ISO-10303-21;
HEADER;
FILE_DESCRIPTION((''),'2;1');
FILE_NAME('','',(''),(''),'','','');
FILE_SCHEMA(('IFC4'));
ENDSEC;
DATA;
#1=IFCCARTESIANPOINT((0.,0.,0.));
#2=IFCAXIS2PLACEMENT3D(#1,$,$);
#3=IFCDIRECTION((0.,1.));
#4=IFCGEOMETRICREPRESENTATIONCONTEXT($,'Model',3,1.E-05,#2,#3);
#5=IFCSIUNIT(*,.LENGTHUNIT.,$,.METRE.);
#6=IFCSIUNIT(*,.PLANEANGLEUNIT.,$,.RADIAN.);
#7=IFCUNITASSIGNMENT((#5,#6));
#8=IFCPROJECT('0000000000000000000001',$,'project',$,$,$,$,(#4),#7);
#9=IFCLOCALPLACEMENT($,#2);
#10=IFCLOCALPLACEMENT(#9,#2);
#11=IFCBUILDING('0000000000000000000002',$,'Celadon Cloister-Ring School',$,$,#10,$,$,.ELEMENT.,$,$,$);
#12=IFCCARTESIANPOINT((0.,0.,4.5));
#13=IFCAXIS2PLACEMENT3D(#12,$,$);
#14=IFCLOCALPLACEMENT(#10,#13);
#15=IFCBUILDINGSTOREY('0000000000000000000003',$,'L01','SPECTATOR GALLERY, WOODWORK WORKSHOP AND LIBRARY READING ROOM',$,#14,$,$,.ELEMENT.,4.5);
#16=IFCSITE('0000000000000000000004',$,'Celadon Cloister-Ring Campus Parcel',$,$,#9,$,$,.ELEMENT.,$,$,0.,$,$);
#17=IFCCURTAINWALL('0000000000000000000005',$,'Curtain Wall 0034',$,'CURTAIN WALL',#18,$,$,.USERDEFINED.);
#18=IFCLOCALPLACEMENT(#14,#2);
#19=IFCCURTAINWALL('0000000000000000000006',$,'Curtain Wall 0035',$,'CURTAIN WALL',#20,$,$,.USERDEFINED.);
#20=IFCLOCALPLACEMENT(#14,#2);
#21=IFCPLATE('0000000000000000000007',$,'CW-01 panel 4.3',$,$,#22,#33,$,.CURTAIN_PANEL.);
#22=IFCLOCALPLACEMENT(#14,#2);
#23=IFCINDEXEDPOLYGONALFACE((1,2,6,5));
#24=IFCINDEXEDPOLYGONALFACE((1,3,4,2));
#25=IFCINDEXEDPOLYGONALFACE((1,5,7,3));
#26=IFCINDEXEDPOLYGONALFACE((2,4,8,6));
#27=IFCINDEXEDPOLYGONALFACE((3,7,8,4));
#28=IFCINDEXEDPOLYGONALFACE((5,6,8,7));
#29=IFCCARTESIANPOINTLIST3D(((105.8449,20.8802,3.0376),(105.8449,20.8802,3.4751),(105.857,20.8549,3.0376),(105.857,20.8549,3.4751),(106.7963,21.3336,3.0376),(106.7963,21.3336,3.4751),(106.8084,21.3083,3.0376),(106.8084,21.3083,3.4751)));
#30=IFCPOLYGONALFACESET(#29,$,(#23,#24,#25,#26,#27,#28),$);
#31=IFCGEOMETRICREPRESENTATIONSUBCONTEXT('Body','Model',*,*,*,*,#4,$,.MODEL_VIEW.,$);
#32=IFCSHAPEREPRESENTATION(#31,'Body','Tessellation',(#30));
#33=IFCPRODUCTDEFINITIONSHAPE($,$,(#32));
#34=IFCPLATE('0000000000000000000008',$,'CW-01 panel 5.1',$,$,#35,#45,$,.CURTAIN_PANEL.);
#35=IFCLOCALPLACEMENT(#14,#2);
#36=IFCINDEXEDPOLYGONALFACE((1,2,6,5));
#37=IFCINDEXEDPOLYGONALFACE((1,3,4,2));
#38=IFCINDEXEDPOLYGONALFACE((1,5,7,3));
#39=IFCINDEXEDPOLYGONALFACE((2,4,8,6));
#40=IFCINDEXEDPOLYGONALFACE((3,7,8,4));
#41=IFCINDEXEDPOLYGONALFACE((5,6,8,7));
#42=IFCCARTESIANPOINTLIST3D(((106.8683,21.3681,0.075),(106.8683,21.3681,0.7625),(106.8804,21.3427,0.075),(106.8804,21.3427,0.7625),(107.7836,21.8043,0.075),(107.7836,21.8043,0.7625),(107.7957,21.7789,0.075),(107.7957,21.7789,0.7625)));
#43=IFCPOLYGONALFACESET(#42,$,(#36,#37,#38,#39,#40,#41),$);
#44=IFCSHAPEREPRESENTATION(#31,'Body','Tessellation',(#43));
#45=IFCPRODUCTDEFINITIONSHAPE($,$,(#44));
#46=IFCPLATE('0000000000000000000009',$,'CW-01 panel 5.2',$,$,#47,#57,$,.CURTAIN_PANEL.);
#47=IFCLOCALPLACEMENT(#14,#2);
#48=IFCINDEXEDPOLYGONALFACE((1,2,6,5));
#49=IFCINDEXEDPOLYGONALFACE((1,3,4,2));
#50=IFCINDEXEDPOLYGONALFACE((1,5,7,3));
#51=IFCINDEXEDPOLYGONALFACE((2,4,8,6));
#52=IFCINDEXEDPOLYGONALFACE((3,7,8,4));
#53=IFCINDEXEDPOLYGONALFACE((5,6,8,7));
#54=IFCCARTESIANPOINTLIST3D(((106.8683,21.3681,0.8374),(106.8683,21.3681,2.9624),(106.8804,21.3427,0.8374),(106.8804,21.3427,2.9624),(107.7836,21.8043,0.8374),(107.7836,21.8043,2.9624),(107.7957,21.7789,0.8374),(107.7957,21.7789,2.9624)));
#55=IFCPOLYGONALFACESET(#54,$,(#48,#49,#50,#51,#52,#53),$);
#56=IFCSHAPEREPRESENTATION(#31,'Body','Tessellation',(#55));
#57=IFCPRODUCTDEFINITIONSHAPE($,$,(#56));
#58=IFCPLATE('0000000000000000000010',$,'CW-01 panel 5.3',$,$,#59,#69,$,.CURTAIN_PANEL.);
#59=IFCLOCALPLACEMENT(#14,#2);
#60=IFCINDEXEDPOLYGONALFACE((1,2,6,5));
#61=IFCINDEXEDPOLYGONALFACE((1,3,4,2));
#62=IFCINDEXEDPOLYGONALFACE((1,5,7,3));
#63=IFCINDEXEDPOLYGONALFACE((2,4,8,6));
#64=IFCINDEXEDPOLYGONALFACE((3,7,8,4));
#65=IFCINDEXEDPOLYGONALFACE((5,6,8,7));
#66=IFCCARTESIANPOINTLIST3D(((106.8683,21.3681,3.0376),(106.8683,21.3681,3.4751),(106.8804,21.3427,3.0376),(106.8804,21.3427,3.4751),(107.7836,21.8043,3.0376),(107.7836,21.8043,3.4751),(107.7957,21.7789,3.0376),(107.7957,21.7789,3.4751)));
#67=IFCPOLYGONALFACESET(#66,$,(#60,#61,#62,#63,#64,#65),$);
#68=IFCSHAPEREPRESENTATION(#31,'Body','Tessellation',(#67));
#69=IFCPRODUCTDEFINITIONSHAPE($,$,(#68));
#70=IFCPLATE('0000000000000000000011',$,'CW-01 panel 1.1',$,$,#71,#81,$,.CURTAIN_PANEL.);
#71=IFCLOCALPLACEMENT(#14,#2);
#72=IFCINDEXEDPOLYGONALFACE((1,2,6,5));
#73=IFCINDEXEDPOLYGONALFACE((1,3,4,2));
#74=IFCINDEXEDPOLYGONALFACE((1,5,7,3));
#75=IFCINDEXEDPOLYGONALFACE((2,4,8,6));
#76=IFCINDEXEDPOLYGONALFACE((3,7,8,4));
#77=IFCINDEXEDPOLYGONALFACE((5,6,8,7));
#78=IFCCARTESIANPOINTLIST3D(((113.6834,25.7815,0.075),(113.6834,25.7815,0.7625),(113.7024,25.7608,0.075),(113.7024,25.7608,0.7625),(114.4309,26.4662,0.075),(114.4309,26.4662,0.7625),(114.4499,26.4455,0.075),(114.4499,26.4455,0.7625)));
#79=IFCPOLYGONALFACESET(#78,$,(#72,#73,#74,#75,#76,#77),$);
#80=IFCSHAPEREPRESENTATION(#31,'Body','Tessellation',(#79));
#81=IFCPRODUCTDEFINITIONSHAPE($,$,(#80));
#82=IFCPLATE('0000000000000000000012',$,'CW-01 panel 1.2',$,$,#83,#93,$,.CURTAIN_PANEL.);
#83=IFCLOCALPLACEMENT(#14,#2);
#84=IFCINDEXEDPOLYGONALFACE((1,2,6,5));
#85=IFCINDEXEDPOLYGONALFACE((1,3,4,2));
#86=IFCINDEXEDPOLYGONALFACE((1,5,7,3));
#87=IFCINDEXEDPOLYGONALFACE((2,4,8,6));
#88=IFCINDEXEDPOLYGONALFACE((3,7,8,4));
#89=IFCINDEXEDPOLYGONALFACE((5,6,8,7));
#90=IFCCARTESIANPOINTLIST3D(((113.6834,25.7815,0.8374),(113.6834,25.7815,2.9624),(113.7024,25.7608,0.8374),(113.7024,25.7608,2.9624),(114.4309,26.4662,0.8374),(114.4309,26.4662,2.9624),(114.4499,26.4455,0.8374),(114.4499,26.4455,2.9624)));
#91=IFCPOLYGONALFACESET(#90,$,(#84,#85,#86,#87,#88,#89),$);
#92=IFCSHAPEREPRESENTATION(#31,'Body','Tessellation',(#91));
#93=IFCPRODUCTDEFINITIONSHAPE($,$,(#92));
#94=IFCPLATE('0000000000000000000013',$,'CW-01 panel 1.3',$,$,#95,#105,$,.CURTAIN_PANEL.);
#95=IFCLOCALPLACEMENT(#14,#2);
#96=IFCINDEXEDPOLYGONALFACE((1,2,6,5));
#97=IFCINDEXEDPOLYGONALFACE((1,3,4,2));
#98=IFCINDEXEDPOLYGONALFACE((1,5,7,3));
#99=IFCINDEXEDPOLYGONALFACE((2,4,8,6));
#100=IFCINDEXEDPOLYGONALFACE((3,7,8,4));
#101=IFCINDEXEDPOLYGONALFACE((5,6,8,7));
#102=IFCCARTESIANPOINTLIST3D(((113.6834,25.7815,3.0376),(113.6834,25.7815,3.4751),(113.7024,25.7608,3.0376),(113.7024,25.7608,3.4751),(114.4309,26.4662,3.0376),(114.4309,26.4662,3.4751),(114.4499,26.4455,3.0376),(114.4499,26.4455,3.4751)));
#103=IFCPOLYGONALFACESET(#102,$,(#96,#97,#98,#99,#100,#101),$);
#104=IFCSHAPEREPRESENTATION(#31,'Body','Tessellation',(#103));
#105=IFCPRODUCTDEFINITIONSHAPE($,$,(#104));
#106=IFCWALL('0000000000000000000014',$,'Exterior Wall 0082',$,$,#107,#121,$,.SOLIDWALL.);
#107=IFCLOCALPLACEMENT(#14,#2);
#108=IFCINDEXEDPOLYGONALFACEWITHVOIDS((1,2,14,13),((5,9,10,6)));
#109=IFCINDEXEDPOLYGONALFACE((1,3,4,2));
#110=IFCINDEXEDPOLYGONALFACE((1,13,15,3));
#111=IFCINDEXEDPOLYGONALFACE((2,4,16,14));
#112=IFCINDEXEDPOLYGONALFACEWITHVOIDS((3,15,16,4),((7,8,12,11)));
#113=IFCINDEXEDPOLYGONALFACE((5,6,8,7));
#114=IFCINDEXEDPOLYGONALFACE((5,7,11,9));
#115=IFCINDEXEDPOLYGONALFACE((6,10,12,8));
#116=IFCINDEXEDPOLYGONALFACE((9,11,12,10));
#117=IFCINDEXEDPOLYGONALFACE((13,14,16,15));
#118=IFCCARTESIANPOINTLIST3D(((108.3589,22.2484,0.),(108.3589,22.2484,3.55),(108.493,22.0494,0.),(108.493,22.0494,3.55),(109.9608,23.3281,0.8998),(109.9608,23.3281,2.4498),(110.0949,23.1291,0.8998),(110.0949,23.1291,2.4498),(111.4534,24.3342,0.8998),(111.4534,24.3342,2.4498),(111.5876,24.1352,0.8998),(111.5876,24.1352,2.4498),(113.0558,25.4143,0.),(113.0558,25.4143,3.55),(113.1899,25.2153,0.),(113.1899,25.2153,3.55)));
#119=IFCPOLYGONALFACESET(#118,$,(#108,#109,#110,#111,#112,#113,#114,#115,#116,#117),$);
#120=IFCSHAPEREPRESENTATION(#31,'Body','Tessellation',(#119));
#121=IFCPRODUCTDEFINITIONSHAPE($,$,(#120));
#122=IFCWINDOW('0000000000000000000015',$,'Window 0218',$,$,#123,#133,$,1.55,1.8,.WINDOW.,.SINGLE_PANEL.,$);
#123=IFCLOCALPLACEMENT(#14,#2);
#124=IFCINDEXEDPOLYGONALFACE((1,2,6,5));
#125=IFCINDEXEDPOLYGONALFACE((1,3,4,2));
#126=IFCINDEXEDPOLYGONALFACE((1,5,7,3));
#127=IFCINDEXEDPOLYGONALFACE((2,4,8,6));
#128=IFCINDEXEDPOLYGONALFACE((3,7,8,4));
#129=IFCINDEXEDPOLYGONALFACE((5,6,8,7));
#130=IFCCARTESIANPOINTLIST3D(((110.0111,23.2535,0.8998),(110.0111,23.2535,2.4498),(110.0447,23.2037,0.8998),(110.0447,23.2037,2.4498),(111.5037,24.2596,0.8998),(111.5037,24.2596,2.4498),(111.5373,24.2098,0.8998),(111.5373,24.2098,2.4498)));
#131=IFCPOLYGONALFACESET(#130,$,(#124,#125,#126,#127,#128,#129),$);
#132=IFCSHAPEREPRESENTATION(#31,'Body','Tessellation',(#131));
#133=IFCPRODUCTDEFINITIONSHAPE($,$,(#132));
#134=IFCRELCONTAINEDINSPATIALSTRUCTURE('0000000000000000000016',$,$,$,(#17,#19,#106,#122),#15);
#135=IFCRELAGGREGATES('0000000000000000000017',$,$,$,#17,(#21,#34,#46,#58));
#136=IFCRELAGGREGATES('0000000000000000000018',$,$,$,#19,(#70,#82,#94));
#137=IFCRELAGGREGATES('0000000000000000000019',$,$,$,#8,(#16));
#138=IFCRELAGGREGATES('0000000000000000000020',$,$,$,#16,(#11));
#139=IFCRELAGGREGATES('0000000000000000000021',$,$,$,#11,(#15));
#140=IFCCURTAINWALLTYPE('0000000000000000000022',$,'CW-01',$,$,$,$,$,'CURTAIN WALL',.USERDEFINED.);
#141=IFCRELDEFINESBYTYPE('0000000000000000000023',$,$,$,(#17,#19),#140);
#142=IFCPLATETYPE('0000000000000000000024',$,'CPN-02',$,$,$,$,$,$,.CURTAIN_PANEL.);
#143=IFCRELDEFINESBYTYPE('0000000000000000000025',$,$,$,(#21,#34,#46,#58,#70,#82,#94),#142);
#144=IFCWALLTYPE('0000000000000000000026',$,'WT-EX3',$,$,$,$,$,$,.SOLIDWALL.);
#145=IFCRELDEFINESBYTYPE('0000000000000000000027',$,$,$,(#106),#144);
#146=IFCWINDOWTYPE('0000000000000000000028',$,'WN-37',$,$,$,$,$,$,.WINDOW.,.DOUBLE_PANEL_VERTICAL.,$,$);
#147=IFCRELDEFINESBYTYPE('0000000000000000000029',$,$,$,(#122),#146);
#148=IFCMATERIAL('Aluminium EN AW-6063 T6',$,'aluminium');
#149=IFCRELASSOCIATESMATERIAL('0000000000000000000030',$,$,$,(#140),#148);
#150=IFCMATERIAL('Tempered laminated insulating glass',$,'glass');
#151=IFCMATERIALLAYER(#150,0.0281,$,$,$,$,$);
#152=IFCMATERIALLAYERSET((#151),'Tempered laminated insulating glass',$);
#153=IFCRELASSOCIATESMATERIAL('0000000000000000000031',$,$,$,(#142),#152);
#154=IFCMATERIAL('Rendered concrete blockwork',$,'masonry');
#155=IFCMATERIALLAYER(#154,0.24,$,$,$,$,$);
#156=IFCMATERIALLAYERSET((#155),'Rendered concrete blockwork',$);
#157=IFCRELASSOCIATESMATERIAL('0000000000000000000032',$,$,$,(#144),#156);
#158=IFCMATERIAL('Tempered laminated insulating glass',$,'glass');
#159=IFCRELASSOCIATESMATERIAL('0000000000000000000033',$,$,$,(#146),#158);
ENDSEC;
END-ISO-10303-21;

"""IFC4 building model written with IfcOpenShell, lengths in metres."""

from ifc_helpers import new_model, si_unit, direction, frame, frame_2d, origin, origin_2d, place, context, subcontext, project, spatial, rectangle, extrude, material, layer, layer_set, type_object, element, fill, aggregate, save


model = new_model("IFC4")

# Units and contexts
model_context = context("Model", 3, precision=1e-05, world=origin(), true_north=direction((0.0, 1.0)))
body_context = subcontext(model_context, "Body", "Model", "MODEL_VIEW")
ifc_project = project(units=[si_unit("LENGTHUNIT", "METRE"), si_unit("PLANEANGLEUNIT", "RADIAN")], contexts=[model_context])

# Site, building, storey
site_placement = place(None, origin())
site = spatial("IfcSite", under=ifc_project, at=site_placement, Name="Celadon Cloister-Ring Campus Parcel", CompositionType="ELEMENT", RefElevation=0.0)
building_placement = place(site_placement, origin())
building = spatial("IfcBuilding", under=site, at=building_placement, Name="Celadon Cloister-Ring School", CompositionType="ELEMENT")
storey_placement = place(building_placement, frame((0.0, 0.0, 4.5)))
storey = spatial("IfcBuildingStorey", under=building, at=storey_placement, Name="L01", Description="SPECTATOR GALLERY, WOODWORK WORKSHOP AND LIBRARY READING ROOM", CompositionType="ELEMENT", Elevation=4.5)

# Curtain walls
ifc_material_1 = material(Name="Aluminium EN AW-6063 T6", Category="aluminium")
curtain_wall_type = type_object("IfcCurtainWallType", Name="CW-01", ElementType="CURTAIN WALL", PredefinedType="USERDEFINED", material=ifc_material_1)
curtain_wall_1_placement = place(storey_placement, origin())
curtain_wall_1 = element("IfcCurtainWall", 1, at=curtain_wall_1_placement, inside=storey, type_object=curtain_wall_type, Name="Curtain Wall 0034", ObjectType="CURTAIN WALL", PredefinedType="USERDEFINED")
curtain_wall_2_placement = place(storey_placement, origin())
curtain_wall_2 = element("IfcCurtainWall", 2, at=curtain_wall_2_placement, inside=storey, type_object=curtain_wall_type, Name="Curtain Wall 0035", ObjectType="CURTAIN WALL", PredefinedType="USERDEFINED")

# Plates
ifc_material_2 = material(Name="Tempered laminated insulating glass", Category="glass")
ifc_layer_1 = layer(ifc_material_2, 0.0281)
ifc_layer_set_1 = layer_set([ifc_layer_1], Name="Tempered laminated insulating glass")
plate_type = type_object("IfcPlateType", Name="CPN-02", PredefinedType="CURTAIN_PANEL", material=ifc_layer_set_1)
plate_1_placement = place(storey_placement, frame((106.3267, 21.0942, 3.0376), z_axis=(0.0, 0.0, 1.0), x_axis=(0.902733, 0.430201, 0.0)))
plate_1 = element("IfcPlate", 3, at=plate_1_placement, type_object=plate_type, Name="CW-01 panel 4.3", PredefinedType="CURTAIN_PANEL", context=body_context, shape_type="SweptSolid", body=[
    extrude(rectangle(XDim=1.054, YDim=0.0281, at=origin_2d()), origin(), (0.0, 0.0, 1.0), 0.4375),
])
plate_2_placement = place(storey_placement, frame((107.332, 21.5735, 0.075), z_axis=(0.0, 0.0, 1.0), x_axis=(0.902733, 0.430201, 0.0)))
plate_2 = element("IfcPlate", 4, at=plate_2_placement, type_object=plate_type, Name="CW-01 panel 5.1", PredefinedType="CURTAIN_PANEL", context=body_context, shape_type="SweptSolid", body=[
    extrude(rectangle(XDim=1.0139, YDim=0.0281, at=origin_2d()), origin(), (0.0, 0.0, 1.0), 0.6875),
])
plate_3_placement = place(storey_placement, frame((107.332, 21.5735, 0.8374), z_axis=(0.0, 0.0, 1.0), x_axis=(0.902733, 0.430201, 0.0)))
plate_3 = element("IfcPlate", 5, at=plate_3_placement, type_object=plate_type, Name="CW-01 panel 5.2", PredefinedType="CURTAIN_PANEL", context=body_context, shape_type="SweptSolid", body=[
    extrude(rectangle(XDim=1.0139, YDim=0.0281, at=origin_2d()), origin(), (0.0, 0.0, 1.0), 2.125),
])
plate_4_placement = place(storey_placement, frame((107.332, 21.5735, 3.0376), z_axis=(0.0, 0.0, 1.0), x_axis=(0.902733, 0.430201, 0.0)))
plate_4 = element("IfcPlate", 6, at=plate_4_placement, type_object=plate_type, Name="CW-01 panel 5.3", PredefinedType="CURTAIN_PANEL", context=body_context, shape_type="SweptSolid", body=[
    extrude(rectangle(XDim=1.0139, YDim=0.0281, at=origin_2d()), origin(), (0.0, 0.0, 1.0), 0.4375),
])
aggregate(curtain_wall_1, [plate_1, plate_2, plate_3, plate_4])
plate_5_placement = place(storey_placement, frame((114.0667, 26.1135, 0.075), z_axis=(0.0, 0.0, 1.0), x_axis=(0.737388, 0.675469, 0.0)))
plate_5 = element("IfcPlate", 7, at=plate_5_placement, type_object=plate_type, Name="CW-01 panel 1.1", PredefinedType="CURTAIN_PANEL", context=body_context, shape_type="SweptSolid", body=[
    extrude(rectangle(XDim=1.0137, YDim=0.0281, at=origin_2d()), origin(), (0.0, 0.0, 1.0), 0.6875),
])
plate_6_placement = place(storey_placement, frame((114.0667, 26.1135, 0.8374), z_axis=(0.0, 0.0, 1.0), x_axis=(0.737388, 0.675469, 0.0)))
plate_6 = element("IfcPlate", 8, at=plate_6_placement, type_object=plate_type, Name="CW-01 panel 1.2", PredefinedType="CURTAIN_PANEL", context=body_context, shape_type="SweptSolid", body=[
    extrude(rectangle(XDim=1.0137, YDim=0.0281, at=origin_2d()), origin(), (0.0, 0.0, 1.0), 2.125),
])
plate_7_placement = place(storey_placement, frame((114.0667, 26.1135, 3.0376), z_axis=(0.0, 0.0, 1.0), x_axis=(0.737388, 0.675469, 0.0)))
plate_7 = element("IfcPlate", 9, at=plate_7_placement, type_object=plate_type, Name="CW-01 panel 1.3", PredefinedType="CURTAIN_PANEL", context=body_context, shape_type="SweptSolid", body=[
    extrude(rectangle(XDim=1.0137, YDim=0.0281, at=origin_2d()), origin(), (0.0, 0.0, 1.0), 0.4375),
])
aggregate(curtain_wall_2, [plate_5, plate_6, plate_7])

# Wall, opening, window
ifc_material_3 = material(Name="Rendered concrete blockwork", Category="masonry")
ifc_layer_2 = layer(ifc_material_3, 0.24)
ifc_layer_set_2 = layer_set([ifc_layer_2], Name="Rendered concrete blockwork")
wall_type = type_object("IfcWallType", Name="WT-EX3", PredefinedType="SOLIDWALL", material=ifc_layer_set_2)
wall_placement = place(storey_placement, frame((108.426, 22.1489, 0.0), z_axis=(0.0, 0.0, 1.0), x_axis=(0.829215, 0.55893, 0.0)))
wall = element("IfcWall", 10, at=wall_placement, inside=storey, type_object=wall_type, Name="Exterior Wall 0082", PredefinedType="SOLIDWALL", context=body_context, shape_type="SweptSolid", body=[
    extrude(rectangle(XDim=5.6643, YDim=0.24, at=frame_2d((2.832, 0.0))), origin(), (0.0, 0.0, 1.0), 3.55),
])
opening_placement = place(wall_placement, frame((1.9319, 0.0, 0.8999)))
opening = element("IfcOpeningElement", 11, at=opening_placement, cuts=wall, PredefinedType="OPENING", context=body_context, shape_type="SweptSolid", body=[
    extrude(rectangle(XDim=1.8, YDim=1.55, at=frame_2d((0.8999, 0.7749))), frame((0.0, 0.1299, 0.0), z_axis=(0.0, -1.0, 0.0), x_axis=(1.0, 0.0, 0.0)), (0.0, 0.0, 1.0), 0.26),
])
ifc_material_4 = material(Name="Tempered laminated insulating glass", Category="glass")
window_type = type_object("IfcWindowType", Name="WN-37", PartitioningType="DOUBLE_PANEL_VERTICAL", PredefinedType="WINDOW", material=ifc_material_4)
window_placement = place(opening_placement, origin())
window = element("IfcWindow", 12, at=window_placement, inside=storey, type_object=window_type, Name="Window 0218", OverallHeight=1.55, OverallWidth=1.8, PartitioningType="SINGLE_PANEL", PredefinedType="WINDOW", context=body_context, shape_type="SweptSolid", body=[
    extrude(rectangle(XDim=1.8, YDim=1.55, at=frame_2d((0.8999, 0.7749))), frame((0.0, 0.03, 0.0), z_axis=(0.0, -1.0, 0.0), x_axis=(1.0, 0.0, 0.0)), (0.0, 0.0, 1.0), 0.0601),
])
fill(opening, window)

save(model, "model.ifc")
